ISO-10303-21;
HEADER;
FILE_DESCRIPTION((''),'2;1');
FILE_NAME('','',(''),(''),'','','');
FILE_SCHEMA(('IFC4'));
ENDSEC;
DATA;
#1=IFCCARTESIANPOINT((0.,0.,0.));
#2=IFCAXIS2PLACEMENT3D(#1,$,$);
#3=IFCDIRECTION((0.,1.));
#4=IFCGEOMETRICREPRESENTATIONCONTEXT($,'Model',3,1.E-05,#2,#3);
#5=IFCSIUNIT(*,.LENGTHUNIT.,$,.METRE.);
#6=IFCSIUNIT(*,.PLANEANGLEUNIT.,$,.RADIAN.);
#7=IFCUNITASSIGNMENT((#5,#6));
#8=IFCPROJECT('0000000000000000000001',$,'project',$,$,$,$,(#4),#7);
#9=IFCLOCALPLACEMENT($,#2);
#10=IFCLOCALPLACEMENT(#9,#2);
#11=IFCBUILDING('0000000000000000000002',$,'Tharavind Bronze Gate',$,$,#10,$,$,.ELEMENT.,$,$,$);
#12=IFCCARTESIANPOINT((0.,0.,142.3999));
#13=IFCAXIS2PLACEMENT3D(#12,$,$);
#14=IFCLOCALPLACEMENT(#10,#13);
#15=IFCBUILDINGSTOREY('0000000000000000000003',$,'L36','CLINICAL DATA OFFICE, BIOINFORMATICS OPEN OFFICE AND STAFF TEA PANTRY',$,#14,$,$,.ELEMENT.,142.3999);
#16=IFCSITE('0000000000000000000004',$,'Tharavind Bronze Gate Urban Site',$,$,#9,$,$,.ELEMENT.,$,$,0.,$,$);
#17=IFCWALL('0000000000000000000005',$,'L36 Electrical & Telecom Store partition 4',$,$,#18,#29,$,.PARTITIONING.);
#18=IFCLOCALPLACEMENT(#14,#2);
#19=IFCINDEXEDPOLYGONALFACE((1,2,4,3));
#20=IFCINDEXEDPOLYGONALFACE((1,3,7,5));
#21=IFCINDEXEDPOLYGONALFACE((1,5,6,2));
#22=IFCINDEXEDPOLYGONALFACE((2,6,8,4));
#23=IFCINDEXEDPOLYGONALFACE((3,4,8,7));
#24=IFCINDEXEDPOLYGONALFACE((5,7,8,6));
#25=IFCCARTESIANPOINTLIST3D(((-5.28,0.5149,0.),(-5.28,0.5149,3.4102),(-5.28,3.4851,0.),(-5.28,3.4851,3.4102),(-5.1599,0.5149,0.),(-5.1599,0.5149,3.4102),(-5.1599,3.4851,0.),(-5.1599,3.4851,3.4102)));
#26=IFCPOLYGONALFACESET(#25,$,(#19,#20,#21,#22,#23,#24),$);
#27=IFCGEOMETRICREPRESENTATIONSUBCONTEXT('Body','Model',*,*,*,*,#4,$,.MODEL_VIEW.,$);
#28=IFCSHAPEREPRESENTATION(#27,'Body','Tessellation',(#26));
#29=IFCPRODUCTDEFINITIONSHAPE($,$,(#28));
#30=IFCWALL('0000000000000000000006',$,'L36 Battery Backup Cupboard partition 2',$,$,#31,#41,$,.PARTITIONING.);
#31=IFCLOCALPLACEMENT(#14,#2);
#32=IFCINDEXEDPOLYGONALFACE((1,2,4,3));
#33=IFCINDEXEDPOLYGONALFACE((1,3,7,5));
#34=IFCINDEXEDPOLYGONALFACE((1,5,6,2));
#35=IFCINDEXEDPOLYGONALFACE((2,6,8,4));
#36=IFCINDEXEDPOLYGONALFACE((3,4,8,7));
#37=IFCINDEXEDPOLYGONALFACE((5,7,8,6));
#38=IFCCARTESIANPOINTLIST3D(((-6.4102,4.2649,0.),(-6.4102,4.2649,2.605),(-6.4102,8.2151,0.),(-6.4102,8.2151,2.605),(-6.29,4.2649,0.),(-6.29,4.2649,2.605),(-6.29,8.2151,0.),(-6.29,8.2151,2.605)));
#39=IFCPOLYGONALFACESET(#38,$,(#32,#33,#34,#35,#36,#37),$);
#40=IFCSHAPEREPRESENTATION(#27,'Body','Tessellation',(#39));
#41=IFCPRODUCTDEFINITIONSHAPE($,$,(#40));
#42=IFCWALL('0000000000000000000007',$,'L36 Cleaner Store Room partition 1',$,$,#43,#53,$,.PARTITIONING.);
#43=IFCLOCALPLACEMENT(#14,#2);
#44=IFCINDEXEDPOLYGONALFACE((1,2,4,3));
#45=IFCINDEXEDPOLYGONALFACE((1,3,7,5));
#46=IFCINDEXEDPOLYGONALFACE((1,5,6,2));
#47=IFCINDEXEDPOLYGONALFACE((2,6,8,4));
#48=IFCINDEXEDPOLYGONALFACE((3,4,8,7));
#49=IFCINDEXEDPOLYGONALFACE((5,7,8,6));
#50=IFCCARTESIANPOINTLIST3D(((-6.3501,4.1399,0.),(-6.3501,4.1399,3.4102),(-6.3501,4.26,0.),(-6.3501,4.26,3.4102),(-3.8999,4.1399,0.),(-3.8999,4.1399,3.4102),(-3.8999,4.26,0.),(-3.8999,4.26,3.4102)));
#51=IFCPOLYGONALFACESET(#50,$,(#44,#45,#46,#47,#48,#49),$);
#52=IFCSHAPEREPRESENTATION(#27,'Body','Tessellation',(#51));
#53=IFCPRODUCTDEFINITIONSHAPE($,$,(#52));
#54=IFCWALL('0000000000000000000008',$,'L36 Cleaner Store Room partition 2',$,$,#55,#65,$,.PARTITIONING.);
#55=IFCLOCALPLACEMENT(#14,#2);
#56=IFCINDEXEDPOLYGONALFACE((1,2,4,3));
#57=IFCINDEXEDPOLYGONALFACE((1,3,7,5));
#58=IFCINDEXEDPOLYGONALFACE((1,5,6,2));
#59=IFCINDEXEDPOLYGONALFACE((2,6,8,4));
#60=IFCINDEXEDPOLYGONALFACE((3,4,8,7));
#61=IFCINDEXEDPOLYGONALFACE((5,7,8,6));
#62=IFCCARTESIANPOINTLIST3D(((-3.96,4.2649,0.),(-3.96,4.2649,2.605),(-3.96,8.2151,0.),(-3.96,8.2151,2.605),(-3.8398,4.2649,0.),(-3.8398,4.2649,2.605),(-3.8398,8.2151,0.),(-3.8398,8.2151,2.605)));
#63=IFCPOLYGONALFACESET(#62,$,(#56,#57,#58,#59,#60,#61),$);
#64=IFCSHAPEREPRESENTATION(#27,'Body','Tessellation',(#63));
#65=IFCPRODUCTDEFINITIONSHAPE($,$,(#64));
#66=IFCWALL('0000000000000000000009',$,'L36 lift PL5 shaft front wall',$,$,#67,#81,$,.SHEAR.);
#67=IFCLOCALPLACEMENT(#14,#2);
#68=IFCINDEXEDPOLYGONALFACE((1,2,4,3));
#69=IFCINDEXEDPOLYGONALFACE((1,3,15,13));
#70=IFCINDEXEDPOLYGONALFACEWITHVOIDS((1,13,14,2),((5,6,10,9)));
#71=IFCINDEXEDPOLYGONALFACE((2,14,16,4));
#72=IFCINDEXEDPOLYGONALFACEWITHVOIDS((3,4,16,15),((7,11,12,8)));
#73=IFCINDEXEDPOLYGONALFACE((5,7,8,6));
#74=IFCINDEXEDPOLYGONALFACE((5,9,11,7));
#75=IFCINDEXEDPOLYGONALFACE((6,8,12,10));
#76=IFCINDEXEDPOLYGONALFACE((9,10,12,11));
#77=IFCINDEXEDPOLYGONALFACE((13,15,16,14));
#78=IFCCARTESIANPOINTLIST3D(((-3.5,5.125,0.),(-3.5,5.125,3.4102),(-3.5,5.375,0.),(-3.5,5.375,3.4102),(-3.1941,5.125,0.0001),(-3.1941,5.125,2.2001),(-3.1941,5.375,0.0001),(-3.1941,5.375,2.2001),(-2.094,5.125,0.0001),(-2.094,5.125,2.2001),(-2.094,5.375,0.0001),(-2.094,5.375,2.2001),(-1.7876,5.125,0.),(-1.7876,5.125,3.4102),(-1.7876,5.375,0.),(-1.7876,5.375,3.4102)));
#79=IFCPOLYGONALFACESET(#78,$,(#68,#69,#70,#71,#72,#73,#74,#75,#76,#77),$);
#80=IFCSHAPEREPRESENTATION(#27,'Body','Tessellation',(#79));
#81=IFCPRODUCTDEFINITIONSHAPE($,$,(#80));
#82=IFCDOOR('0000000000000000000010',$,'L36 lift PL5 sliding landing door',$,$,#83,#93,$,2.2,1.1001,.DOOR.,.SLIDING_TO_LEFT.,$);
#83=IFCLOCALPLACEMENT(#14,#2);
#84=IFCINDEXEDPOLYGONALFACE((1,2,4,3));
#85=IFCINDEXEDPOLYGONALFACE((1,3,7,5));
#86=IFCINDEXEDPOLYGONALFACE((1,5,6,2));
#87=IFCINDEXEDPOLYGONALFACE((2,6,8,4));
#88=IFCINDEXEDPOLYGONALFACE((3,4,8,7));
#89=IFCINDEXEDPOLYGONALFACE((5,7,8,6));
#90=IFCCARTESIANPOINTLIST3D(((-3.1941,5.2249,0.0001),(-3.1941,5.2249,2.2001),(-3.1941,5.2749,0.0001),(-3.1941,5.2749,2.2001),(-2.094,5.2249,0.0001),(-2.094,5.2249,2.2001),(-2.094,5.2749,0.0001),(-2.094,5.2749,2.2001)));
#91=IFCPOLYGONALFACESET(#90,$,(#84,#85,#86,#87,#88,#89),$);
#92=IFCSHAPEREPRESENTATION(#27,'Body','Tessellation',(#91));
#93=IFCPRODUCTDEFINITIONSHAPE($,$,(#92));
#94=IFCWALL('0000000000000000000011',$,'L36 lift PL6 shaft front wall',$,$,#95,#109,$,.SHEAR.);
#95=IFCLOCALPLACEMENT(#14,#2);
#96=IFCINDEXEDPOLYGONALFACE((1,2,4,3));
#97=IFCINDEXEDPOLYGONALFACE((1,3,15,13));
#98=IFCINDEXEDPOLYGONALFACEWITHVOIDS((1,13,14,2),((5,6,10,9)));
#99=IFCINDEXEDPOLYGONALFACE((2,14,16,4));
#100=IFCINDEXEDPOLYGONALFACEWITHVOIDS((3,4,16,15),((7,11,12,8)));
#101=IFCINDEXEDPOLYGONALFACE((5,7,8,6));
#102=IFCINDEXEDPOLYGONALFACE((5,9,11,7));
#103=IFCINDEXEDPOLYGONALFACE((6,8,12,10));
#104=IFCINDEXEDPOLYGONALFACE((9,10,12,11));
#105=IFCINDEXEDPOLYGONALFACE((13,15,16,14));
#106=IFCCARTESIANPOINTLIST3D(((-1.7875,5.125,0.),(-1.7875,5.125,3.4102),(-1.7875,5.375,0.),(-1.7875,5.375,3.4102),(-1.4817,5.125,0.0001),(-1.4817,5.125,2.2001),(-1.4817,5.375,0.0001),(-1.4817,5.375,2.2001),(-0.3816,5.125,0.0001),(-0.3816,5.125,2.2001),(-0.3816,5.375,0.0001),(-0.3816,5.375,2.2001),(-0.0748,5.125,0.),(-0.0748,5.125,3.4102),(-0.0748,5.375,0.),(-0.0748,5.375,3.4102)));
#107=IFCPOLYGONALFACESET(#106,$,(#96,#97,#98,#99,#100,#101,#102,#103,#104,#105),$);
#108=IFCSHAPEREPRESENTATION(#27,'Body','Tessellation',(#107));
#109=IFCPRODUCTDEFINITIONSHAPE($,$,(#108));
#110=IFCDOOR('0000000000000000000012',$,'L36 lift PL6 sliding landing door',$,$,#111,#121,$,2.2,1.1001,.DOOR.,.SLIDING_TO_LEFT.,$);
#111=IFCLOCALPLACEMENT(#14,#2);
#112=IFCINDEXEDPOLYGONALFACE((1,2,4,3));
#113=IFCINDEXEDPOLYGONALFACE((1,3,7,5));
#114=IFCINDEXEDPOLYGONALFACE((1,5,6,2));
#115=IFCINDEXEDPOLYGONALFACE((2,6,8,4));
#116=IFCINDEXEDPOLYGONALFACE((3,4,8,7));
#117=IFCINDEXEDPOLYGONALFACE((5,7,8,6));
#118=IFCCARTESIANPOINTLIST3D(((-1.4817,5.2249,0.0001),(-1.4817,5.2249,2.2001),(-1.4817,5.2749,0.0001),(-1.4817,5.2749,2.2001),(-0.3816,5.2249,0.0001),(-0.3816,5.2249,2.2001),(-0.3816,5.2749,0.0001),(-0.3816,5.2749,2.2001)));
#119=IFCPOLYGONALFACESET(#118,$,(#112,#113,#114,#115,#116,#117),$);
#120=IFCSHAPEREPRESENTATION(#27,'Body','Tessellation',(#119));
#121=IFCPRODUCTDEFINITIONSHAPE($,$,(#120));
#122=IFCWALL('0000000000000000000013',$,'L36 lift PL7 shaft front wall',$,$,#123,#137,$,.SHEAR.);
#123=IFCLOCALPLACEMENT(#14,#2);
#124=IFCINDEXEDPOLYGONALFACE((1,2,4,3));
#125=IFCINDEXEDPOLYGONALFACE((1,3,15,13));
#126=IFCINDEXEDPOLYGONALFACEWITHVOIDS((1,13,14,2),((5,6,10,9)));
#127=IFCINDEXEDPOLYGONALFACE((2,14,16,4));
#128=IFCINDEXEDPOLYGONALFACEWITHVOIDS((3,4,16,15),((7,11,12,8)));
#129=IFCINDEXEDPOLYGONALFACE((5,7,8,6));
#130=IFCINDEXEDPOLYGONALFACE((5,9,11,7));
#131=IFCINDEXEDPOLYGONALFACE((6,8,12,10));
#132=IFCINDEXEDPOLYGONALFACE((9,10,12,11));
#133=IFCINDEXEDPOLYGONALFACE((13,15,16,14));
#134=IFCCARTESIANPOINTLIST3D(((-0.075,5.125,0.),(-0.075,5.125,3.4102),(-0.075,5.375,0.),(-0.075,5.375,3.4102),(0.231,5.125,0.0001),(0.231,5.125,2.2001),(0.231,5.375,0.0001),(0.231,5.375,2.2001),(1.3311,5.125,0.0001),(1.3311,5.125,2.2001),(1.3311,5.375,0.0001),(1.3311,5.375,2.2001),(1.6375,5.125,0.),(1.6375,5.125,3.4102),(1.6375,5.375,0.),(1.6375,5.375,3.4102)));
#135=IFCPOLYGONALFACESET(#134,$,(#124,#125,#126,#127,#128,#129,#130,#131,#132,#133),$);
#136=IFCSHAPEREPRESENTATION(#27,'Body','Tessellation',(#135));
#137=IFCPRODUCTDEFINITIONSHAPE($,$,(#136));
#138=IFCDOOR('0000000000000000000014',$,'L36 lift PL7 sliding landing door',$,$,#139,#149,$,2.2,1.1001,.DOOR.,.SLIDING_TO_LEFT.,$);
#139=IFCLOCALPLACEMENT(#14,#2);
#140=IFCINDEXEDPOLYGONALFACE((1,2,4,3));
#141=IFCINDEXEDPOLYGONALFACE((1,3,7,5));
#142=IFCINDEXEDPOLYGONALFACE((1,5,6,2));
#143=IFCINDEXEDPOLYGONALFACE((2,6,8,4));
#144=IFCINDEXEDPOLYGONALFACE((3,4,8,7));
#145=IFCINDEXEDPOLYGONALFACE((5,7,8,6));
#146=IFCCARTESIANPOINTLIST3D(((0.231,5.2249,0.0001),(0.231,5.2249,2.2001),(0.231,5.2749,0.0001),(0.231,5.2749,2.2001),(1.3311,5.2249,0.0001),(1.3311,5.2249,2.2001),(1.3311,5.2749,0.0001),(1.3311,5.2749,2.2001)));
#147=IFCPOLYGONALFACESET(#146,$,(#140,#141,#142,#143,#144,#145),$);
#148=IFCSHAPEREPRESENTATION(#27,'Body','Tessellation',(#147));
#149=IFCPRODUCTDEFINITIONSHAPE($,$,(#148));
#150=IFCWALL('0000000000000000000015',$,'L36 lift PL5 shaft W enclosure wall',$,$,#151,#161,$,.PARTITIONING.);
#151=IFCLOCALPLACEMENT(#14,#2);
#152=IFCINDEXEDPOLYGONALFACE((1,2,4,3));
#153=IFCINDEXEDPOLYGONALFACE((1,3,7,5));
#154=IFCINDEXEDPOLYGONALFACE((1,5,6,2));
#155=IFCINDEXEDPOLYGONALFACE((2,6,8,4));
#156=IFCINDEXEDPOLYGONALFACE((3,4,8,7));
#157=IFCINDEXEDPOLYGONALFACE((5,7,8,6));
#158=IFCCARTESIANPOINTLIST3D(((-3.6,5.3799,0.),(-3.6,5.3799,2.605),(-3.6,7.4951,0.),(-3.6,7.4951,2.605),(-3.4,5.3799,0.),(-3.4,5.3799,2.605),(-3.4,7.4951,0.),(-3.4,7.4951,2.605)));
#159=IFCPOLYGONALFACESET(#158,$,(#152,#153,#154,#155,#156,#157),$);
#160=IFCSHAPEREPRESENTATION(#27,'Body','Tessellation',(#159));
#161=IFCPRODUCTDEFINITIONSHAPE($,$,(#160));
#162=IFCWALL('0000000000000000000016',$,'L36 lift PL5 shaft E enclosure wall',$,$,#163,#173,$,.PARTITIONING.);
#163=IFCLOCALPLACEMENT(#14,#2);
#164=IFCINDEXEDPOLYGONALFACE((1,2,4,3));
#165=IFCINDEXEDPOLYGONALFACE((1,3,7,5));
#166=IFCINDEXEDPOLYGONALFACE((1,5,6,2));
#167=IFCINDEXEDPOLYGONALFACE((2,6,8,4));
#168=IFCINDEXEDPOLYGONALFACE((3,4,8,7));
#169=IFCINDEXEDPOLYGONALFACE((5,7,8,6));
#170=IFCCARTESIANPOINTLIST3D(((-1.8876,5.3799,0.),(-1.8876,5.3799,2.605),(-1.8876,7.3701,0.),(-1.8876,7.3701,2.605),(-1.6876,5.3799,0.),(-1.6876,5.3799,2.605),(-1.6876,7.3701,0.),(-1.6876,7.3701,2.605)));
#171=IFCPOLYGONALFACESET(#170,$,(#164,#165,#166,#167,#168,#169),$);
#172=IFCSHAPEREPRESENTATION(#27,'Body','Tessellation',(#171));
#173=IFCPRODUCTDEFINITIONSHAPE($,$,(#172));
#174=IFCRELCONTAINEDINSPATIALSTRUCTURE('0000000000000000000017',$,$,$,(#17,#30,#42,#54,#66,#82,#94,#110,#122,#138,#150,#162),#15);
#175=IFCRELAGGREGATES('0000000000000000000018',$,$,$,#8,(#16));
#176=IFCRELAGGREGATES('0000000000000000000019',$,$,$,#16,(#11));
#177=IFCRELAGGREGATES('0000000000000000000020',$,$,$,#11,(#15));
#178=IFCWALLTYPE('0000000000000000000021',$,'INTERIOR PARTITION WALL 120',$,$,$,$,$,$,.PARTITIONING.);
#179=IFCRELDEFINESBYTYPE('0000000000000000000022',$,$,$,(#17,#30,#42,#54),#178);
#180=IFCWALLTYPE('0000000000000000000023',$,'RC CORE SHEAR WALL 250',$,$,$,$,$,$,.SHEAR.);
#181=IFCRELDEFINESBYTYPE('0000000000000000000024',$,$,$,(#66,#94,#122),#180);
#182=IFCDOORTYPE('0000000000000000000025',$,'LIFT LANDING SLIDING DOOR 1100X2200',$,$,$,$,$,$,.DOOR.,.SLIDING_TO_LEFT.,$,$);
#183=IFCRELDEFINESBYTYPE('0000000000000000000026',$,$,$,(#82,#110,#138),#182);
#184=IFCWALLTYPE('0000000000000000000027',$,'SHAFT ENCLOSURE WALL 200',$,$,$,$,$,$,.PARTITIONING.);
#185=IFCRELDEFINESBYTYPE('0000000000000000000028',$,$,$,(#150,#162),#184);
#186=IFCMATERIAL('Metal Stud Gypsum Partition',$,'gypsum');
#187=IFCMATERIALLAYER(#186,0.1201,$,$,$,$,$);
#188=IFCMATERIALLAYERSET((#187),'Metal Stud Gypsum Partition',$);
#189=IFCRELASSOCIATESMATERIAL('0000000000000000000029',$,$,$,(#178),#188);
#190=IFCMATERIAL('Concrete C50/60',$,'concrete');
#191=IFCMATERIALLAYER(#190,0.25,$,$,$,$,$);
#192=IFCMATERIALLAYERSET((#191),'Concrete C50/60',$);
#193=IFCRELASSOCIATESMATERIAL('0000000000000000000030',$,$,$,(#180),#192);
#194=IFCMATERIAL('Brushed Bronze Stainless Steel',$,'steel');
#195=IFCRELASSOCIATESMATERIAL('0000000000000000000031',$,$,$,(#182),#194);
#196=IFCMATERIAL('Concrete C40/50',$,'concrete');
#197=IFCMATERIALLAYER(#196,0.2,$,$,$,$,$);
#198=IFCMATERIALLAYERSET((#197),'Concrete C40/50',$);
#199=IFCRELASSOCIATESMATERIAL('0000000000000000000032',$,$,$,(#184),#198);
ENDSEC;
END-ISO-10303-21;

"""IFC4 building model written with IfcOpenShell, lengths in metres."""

from ifc_helpers import new_model, si_unit, direction, frame, frame_2d, origin, place, context, subcontext, project, spatial, rectangle, extrude, material, layer, layer_set, type_object, element, fill, save


model = new_model("IFC4")

# Units and contexts
model_context = context("Model", 3, precision=1e-05, world=origin(), true_north=direction((0.0, 1.0)))
body_context = subcontext(model_context, "Body", "Model", "MODEL_VIEW")
ifc_project = project(units=[si_unit("LENGTHUNIT", "METRE"), si_unit("PLANEANGLEUNIT", "RADIAN")], contexts=[model_context])

# Site, building, storey
site_placement = place(None, origin())
site = spatial("IfcSite", under=ifc_project, at=site_placement, Name="Tharavind Bronze Gate Urban Site", CompositionType="ELEMENT", RefElevation=0.0)
building_placement = place(site_placement, origin())
building = spatial("IfcBuilding", under=site, at=building_placement, Name="Tharavind Bronze Gate", CompositionType="ELEMENT")
storey_placement = place(building_placement, frame((0.0, 0.0, 142.3999)))
storey = spatial("IfcBuildingStorey", under=building, at=storey_placement, Name="L36", Description="CLINICAL DATA OFFICE, BIOINFORMATICS OPEN OFFICE AND STAFF TEA PANTRY", CompositionType="ELEMENT", Elevation=142.3999)

# Shared definitions
ifc_material_1 = material(Name="Concrete C40/50", Category="concrete")

# Shared definitions
ifc_material_2 = material(Name="Metal Stud Gypsum Partition", Category="gypsum")
ifc_layer_1 = layer(ifc_material_2, 0.1201)
ifc_layer_set_1 = layer_set([ifc_layer_1], Name="Metal Stud Gypsum Partition")
wall_type_1 = type_object("IfcWallType", Name="INTERIOR PARTITION WALL 120", PredefinedType="PARTITIONING", material=ifc_layer_set_1)

# Walls
wall_1_placement = place(storey_placement, frame((-5.22, 3.4851, 0.0), z_axis=(0.0, 0.0, 1.0), x_axis=(0.0, -1.0, 0.0)))
element("IfcWall", 1, at=wall_1_placement, inside=storey, type_object=wall_type_1, Name="L36 Electrical & Telecom Store partition 4", PredefinedType="PARTITIONING", context=body_context, shape_type="SweptSolid", body=[
    extrude(rectangle(XDim=2.9702, YDim=0.1201, at=frame_2d((1.4851, 0.0))), origin(), (0.0, 0.0, 1.0), 3.4102),
])
wall_2_placement = place(storey_placement, frame((-6.3501, 4.2649, 0.0), z_axis=(0.0, 0.0, 1.0), x_axis=(0.0, 1.0, 0.0)))
element("IfcWall", 2, at=wall_2_placement, inside=storey, type_object=wall_type_1, Name="L36 Battery Backup Cupboard partition 2", PredefinedType="PARTITIONING", context=body_context, shape_type="SweptSolid", body=[
    extrude(rectangle(XDim=3.9502, YDim=0.1201, at=frame_2d((1.9751, 0.0))), origin(), (0.0, 0.0, 1.0), 2.605),
])
wall_3_placement = place(storey_placement, frame((-6.3501, 4.2, 0.0), z_axis=(0.0, 0.0, 1.0), x_axis=(1.0, 0.0, 0.0)))
element("IfcWall", 3, at=wall_3_placement, inside=storey, type_object=wall_type_1, Name="L36 Cleaner Store Room partition 1", PredefinedType="PARTITIONING", context=body_context, shape_type="SweptSolid", body=[
    extrude(rectangle(XDim=2.4502, YDim=0.1201, at=frame_2d((1.2251, 0.0))), origin(), (0.0, 0.0, 1.0), 3.4102),
])
wall_4_placement = place(storey_placement, frame((-3.8999, 4.2649, 0.0), z_axis=(0.0, 0.0, 1.0), x_axis=(0.0, 1.0, 0.0)))
element("IfcWall", 4, at=wall_4_placement, inside=storey, type_object=wall_type_1, Name="L36 Cleaner Store Room partition 2", PredefinedType="PARTITIONING", context=body_context, shape_type="SweptSolid", body=[
    extrude(rectangle(XDim=3.9502, YDim=0.1201, at=frame_2d((1.9751, 0.0))), origin(), (0.0, 0.0, 1.0), 2.605),
])

# Walls, openings, doors
ifc_material_3 = material(Name="Concrete C50/60", Category="concrete")
ifc_layer_2 = layer(ifc_material_3, 0.25)
ifc_layer_set_2 = layer_set([ifc_layer_2], Name="Concrete C50/60")
wall_type_2 = type_object("IfcWallType", Name="RC CORE SHEAR WALL 250", PredefinedType="SHEAR", material=ifc_layer_set_2)
wall_5_placement = place(storey_placement, frame((-3.5, 5.25, 0.0), z_axis=(0.0, 0.0, 1.0), x_axis=(1.0, 0.0, 0.0)))
wall_5 = element("IfcWall", 5, at=wall_5_placement, inside=storey, type_object=wall_type_2, Name="L36 lift PL5 shaft front wall", PredefinedType="SHEAR", context=body_context, shape_type="SweptSolid", body=[
    extrude(rectangle(XDim=1.7124, YDim=0.25, at=frame_2d((0.8562, 0.0))), origin(), (0.0, 0.0, 1.0), 3.4102),
])
opening_1_placement = place(wall_5_placement, frame((0.3059, 0.0, 0.0)))
opening_1 = element("IfcOpeningElement", 6, at=opening_1_placement, cuts=wall_5, PredefinedType="OPENING", context=body_context, shape_type="SweptSolid", body=[
    extrude(rectangle(XDim=1.1001, YDim=2.2, at=frame_2d((0.55, 1.1001))), frame((0.0, 0.135, 0.0), z_axis=(0.0, -1.0, 0.0), x_axis=(1.0, 0.0, 0.0)), (0.0, 0.0, 1.0), 0.27),
])
ifc_material_4 = material(Name="Brushed Bronze Stainless Steel", Category="steel")
door_type_1 = type_object("IfcDoorType", Name="LIFT LANDING SLIDING DOOR 1100X2200", OperationType="SLIDING_TO_LEFT", PredefinedType="DOOR", material=ifc_material_4)
door_1_placement = place(opening_1_placement, origin())
door_1 = element("IfcDoor", 7, at=door_1_placement, inside=storey, type_object=door_type_1, Name="L36 lift PL5 sliding landing door", OperationType="SLIDING_TO_LEFT", OverallHeight=2.2, OverallWidth=1.1001, PredefinedType="DOOR", context=body_context, shape_type="SweptSolid", body=[
    extrude(rectangle(XDim=1.1001, YDim=2.2, at=frame_2d((0.55, 1.1001))), frame((0.0, 0.0249, 0.0), z_axis=(0.0, -1.0, 0.0), x_axis=(1.0, 0.0, 0.0)), (0.0, 0.0, 1.0), 0.05),
])
fill(opening_1, door_1)
wall_6_placement = place(storey_placement, frame((-1.7876, 5.25, 0.0), z_axis=(0.0, 0.0, 1.0), x_axis=(1.0, 0.0, 0.0)))
wall_6 = element("IfcWall", 8, at=wall_6_placement, inside=storey, type_object=wall_type_2, Name="L36 lift PL6 shaft front wall", PredefinedType="SHEAR", context=body_context, shape_type="SweptSolid", body=[
    extrude(rectangle(XDim=1.7126, YDim=0.25, at=frame_2d((0.8564, 0.0))), origin(), (0.0, 0.0, 1.0), 3.4102),
])
opening_2_placement = place(wall_6_placement, frame((0.3059, 0.0, 0.0)))
opening_2 = element("IfcOpeningElement", 9, at=opening_2_placement, cuts=wall_6, PredefinedType="OPENING", context=body_context, shape_type="SweptSolid", body=[
    extrude(rectangle(XDim=1.1001, YDim=2.2, at=frame_2d((0.55, 1.1001))), frame((0.0, 0.135, 0.0), z_axis=(0.0, -1.0, 0.0), x_axis=(1.0, 0.0, 0.0)), (0.0, 0.0, 1.0), 0.27),
])
door_2_placement = place(opening_2_placement, origin())
door_2 = element("IfcDoor", 10, at=door_2_placement, inside=storey, type_object=door_type_1, Name="L36 lift PL6 sliding landing door", OperationType="SLIDING_TO_LEFT", OverallHeight=2.2, OverallWidth=1.1001, PredefinedType="DOOR", context=body_context, shape_type="SweptSolid", body=[
    extrude(rectangle(XDim=1.1001, YDim=2.2, at=frame_2d((0.55, 1.1001))), frame((0.0, 0.0249, 0.0), z_axis=(0.0, -1.0, 0.0), x_axis=(1.0, 0.0, 0.0)), (0.0, 0.0, 1.0), 0.05),
])
fill(opening_2, door_2)
wall_7_placement = place(storey_placement, frame((-0.075, 5.25, 0.0), z_axis=(0.0, 0.0, 1.0), x_axis=(1.0, 0.0, 0.0)))
wall_7 = element("IfcWall", 11, at=wall_7_placement, inside=storey, type_object=wall_type_2, Name="L36 lift PL7 shaft front wall", PredefinedType="SHEAR", context=body_context, shape_type="SweptSolid", body=[
    extrude(rectangle(XDim=1.7124, YDim=0.25, at=frame_2d((0.8562, 0.0))), origin(), (0.0, 0.0, 1.0), 3.4102),
])
opening_3_placement = place(wall_7_placement, frame((0.3059, 0.0, 0.0)))
opening_3 = element("IfcOpeningElement", 12, at=opening_3_placement, cuts=wall_7, PredefinedType="OPENING", context=body_context, shape_type="SweptSolid", body=[
    extrude(rectangle(XDim=1.1001, YDim=2.2, at=frame_2d((0.55, 1.1001))), frame((0.0, 0.135, 0.0), z_axis=(0.0, -1.0, 0.0), x_axis=(1.0, 0.0, 0.0)), (0.0, 0.0, 1.0), 0.27),
])
door_3_placement = place(opening_3_placement, origin())
door_3 = element("IfcDoor", 13, at=door_3_placement, inside=storey, type_object=door_type_1, Name="L36 lift PL7 sliding landing door", OperationType="SLIDING_TO_LEFT", OverallHeight=2.2, OverallWidth=1.1001, PredefinedType="DOOR", context=body_context, shape_type="SweptSolid", body=[
    extrude(rectangle(XDim=1.1001, YDim=2.2, at=frame_2d((0.55, 1.1001))), frame((0.0, 0.0249, 0.0), z_axis=(0.0, -1.0, 0.0), x_axis=(1.0, 0.0, 0.0)), (0.0, 0.0, 1.0), 0.05),
])
fill(opening_3, door_3)

# Walls
ifc_layer_3 = layer(ifc_material_1, 0.2)
ifc_layer_set_3 = layer_set([ifc_layer_3], Name="Concrete C40/50")
wall_type_3 = type_object("IfcWallType", Name="SHAFT ENCLOSURE WALL 200", PredefinedType="PARTITIONING", material=ifc_layer_set_3)
wall_8_placement = place(storey_placement, frame((-3.5, 5.3799, 0.0), z_axis=(0.0, 0.0, 1.0), x_axis=(0.0, 1.0, 0.0)))
element("IfcWall", 14, at=wall_8_placement, inside=storey, type_object=wall_type_3, Name="L36 lift PL5 shaft W enclosure wall", PredefinedType="PARTITIONING", context=body_context, shape_type="SweptSolid", body=[
    extrude(rectangle(XDim=2.1152, YDim=0.2, at=frame_2d((1.0576, 0.0))), origin(), (0.0, 0.0, 1.0), 2.605),
])
for number, where, z_axis, x_axis, name in (
    (15, (-1.7876, 5.3799, 0.0), (0.0, 0.0, 1.0), (0.0, 1.0, 0.0), "L36 lift PL5 shaft E enclosure wall"),
):
    element("IfcWall", number, at=place(storey_placement, frame(where, z_axis=z_axis, x_axis=x_axis)), inside=storey, type_object=wall_type_3, Name=name, PredefinedType="PARTITIONING", context=body_context, shape_type="SweptSolid", body=[
        extrude(rectangle(XDim=1.9902, YDim=0.2, at=frame_2d((0.9951, 0.0))), origin(), (0.0, 0.0, 1.0), 2.605),
    ])

save(model, "model.ifc")
